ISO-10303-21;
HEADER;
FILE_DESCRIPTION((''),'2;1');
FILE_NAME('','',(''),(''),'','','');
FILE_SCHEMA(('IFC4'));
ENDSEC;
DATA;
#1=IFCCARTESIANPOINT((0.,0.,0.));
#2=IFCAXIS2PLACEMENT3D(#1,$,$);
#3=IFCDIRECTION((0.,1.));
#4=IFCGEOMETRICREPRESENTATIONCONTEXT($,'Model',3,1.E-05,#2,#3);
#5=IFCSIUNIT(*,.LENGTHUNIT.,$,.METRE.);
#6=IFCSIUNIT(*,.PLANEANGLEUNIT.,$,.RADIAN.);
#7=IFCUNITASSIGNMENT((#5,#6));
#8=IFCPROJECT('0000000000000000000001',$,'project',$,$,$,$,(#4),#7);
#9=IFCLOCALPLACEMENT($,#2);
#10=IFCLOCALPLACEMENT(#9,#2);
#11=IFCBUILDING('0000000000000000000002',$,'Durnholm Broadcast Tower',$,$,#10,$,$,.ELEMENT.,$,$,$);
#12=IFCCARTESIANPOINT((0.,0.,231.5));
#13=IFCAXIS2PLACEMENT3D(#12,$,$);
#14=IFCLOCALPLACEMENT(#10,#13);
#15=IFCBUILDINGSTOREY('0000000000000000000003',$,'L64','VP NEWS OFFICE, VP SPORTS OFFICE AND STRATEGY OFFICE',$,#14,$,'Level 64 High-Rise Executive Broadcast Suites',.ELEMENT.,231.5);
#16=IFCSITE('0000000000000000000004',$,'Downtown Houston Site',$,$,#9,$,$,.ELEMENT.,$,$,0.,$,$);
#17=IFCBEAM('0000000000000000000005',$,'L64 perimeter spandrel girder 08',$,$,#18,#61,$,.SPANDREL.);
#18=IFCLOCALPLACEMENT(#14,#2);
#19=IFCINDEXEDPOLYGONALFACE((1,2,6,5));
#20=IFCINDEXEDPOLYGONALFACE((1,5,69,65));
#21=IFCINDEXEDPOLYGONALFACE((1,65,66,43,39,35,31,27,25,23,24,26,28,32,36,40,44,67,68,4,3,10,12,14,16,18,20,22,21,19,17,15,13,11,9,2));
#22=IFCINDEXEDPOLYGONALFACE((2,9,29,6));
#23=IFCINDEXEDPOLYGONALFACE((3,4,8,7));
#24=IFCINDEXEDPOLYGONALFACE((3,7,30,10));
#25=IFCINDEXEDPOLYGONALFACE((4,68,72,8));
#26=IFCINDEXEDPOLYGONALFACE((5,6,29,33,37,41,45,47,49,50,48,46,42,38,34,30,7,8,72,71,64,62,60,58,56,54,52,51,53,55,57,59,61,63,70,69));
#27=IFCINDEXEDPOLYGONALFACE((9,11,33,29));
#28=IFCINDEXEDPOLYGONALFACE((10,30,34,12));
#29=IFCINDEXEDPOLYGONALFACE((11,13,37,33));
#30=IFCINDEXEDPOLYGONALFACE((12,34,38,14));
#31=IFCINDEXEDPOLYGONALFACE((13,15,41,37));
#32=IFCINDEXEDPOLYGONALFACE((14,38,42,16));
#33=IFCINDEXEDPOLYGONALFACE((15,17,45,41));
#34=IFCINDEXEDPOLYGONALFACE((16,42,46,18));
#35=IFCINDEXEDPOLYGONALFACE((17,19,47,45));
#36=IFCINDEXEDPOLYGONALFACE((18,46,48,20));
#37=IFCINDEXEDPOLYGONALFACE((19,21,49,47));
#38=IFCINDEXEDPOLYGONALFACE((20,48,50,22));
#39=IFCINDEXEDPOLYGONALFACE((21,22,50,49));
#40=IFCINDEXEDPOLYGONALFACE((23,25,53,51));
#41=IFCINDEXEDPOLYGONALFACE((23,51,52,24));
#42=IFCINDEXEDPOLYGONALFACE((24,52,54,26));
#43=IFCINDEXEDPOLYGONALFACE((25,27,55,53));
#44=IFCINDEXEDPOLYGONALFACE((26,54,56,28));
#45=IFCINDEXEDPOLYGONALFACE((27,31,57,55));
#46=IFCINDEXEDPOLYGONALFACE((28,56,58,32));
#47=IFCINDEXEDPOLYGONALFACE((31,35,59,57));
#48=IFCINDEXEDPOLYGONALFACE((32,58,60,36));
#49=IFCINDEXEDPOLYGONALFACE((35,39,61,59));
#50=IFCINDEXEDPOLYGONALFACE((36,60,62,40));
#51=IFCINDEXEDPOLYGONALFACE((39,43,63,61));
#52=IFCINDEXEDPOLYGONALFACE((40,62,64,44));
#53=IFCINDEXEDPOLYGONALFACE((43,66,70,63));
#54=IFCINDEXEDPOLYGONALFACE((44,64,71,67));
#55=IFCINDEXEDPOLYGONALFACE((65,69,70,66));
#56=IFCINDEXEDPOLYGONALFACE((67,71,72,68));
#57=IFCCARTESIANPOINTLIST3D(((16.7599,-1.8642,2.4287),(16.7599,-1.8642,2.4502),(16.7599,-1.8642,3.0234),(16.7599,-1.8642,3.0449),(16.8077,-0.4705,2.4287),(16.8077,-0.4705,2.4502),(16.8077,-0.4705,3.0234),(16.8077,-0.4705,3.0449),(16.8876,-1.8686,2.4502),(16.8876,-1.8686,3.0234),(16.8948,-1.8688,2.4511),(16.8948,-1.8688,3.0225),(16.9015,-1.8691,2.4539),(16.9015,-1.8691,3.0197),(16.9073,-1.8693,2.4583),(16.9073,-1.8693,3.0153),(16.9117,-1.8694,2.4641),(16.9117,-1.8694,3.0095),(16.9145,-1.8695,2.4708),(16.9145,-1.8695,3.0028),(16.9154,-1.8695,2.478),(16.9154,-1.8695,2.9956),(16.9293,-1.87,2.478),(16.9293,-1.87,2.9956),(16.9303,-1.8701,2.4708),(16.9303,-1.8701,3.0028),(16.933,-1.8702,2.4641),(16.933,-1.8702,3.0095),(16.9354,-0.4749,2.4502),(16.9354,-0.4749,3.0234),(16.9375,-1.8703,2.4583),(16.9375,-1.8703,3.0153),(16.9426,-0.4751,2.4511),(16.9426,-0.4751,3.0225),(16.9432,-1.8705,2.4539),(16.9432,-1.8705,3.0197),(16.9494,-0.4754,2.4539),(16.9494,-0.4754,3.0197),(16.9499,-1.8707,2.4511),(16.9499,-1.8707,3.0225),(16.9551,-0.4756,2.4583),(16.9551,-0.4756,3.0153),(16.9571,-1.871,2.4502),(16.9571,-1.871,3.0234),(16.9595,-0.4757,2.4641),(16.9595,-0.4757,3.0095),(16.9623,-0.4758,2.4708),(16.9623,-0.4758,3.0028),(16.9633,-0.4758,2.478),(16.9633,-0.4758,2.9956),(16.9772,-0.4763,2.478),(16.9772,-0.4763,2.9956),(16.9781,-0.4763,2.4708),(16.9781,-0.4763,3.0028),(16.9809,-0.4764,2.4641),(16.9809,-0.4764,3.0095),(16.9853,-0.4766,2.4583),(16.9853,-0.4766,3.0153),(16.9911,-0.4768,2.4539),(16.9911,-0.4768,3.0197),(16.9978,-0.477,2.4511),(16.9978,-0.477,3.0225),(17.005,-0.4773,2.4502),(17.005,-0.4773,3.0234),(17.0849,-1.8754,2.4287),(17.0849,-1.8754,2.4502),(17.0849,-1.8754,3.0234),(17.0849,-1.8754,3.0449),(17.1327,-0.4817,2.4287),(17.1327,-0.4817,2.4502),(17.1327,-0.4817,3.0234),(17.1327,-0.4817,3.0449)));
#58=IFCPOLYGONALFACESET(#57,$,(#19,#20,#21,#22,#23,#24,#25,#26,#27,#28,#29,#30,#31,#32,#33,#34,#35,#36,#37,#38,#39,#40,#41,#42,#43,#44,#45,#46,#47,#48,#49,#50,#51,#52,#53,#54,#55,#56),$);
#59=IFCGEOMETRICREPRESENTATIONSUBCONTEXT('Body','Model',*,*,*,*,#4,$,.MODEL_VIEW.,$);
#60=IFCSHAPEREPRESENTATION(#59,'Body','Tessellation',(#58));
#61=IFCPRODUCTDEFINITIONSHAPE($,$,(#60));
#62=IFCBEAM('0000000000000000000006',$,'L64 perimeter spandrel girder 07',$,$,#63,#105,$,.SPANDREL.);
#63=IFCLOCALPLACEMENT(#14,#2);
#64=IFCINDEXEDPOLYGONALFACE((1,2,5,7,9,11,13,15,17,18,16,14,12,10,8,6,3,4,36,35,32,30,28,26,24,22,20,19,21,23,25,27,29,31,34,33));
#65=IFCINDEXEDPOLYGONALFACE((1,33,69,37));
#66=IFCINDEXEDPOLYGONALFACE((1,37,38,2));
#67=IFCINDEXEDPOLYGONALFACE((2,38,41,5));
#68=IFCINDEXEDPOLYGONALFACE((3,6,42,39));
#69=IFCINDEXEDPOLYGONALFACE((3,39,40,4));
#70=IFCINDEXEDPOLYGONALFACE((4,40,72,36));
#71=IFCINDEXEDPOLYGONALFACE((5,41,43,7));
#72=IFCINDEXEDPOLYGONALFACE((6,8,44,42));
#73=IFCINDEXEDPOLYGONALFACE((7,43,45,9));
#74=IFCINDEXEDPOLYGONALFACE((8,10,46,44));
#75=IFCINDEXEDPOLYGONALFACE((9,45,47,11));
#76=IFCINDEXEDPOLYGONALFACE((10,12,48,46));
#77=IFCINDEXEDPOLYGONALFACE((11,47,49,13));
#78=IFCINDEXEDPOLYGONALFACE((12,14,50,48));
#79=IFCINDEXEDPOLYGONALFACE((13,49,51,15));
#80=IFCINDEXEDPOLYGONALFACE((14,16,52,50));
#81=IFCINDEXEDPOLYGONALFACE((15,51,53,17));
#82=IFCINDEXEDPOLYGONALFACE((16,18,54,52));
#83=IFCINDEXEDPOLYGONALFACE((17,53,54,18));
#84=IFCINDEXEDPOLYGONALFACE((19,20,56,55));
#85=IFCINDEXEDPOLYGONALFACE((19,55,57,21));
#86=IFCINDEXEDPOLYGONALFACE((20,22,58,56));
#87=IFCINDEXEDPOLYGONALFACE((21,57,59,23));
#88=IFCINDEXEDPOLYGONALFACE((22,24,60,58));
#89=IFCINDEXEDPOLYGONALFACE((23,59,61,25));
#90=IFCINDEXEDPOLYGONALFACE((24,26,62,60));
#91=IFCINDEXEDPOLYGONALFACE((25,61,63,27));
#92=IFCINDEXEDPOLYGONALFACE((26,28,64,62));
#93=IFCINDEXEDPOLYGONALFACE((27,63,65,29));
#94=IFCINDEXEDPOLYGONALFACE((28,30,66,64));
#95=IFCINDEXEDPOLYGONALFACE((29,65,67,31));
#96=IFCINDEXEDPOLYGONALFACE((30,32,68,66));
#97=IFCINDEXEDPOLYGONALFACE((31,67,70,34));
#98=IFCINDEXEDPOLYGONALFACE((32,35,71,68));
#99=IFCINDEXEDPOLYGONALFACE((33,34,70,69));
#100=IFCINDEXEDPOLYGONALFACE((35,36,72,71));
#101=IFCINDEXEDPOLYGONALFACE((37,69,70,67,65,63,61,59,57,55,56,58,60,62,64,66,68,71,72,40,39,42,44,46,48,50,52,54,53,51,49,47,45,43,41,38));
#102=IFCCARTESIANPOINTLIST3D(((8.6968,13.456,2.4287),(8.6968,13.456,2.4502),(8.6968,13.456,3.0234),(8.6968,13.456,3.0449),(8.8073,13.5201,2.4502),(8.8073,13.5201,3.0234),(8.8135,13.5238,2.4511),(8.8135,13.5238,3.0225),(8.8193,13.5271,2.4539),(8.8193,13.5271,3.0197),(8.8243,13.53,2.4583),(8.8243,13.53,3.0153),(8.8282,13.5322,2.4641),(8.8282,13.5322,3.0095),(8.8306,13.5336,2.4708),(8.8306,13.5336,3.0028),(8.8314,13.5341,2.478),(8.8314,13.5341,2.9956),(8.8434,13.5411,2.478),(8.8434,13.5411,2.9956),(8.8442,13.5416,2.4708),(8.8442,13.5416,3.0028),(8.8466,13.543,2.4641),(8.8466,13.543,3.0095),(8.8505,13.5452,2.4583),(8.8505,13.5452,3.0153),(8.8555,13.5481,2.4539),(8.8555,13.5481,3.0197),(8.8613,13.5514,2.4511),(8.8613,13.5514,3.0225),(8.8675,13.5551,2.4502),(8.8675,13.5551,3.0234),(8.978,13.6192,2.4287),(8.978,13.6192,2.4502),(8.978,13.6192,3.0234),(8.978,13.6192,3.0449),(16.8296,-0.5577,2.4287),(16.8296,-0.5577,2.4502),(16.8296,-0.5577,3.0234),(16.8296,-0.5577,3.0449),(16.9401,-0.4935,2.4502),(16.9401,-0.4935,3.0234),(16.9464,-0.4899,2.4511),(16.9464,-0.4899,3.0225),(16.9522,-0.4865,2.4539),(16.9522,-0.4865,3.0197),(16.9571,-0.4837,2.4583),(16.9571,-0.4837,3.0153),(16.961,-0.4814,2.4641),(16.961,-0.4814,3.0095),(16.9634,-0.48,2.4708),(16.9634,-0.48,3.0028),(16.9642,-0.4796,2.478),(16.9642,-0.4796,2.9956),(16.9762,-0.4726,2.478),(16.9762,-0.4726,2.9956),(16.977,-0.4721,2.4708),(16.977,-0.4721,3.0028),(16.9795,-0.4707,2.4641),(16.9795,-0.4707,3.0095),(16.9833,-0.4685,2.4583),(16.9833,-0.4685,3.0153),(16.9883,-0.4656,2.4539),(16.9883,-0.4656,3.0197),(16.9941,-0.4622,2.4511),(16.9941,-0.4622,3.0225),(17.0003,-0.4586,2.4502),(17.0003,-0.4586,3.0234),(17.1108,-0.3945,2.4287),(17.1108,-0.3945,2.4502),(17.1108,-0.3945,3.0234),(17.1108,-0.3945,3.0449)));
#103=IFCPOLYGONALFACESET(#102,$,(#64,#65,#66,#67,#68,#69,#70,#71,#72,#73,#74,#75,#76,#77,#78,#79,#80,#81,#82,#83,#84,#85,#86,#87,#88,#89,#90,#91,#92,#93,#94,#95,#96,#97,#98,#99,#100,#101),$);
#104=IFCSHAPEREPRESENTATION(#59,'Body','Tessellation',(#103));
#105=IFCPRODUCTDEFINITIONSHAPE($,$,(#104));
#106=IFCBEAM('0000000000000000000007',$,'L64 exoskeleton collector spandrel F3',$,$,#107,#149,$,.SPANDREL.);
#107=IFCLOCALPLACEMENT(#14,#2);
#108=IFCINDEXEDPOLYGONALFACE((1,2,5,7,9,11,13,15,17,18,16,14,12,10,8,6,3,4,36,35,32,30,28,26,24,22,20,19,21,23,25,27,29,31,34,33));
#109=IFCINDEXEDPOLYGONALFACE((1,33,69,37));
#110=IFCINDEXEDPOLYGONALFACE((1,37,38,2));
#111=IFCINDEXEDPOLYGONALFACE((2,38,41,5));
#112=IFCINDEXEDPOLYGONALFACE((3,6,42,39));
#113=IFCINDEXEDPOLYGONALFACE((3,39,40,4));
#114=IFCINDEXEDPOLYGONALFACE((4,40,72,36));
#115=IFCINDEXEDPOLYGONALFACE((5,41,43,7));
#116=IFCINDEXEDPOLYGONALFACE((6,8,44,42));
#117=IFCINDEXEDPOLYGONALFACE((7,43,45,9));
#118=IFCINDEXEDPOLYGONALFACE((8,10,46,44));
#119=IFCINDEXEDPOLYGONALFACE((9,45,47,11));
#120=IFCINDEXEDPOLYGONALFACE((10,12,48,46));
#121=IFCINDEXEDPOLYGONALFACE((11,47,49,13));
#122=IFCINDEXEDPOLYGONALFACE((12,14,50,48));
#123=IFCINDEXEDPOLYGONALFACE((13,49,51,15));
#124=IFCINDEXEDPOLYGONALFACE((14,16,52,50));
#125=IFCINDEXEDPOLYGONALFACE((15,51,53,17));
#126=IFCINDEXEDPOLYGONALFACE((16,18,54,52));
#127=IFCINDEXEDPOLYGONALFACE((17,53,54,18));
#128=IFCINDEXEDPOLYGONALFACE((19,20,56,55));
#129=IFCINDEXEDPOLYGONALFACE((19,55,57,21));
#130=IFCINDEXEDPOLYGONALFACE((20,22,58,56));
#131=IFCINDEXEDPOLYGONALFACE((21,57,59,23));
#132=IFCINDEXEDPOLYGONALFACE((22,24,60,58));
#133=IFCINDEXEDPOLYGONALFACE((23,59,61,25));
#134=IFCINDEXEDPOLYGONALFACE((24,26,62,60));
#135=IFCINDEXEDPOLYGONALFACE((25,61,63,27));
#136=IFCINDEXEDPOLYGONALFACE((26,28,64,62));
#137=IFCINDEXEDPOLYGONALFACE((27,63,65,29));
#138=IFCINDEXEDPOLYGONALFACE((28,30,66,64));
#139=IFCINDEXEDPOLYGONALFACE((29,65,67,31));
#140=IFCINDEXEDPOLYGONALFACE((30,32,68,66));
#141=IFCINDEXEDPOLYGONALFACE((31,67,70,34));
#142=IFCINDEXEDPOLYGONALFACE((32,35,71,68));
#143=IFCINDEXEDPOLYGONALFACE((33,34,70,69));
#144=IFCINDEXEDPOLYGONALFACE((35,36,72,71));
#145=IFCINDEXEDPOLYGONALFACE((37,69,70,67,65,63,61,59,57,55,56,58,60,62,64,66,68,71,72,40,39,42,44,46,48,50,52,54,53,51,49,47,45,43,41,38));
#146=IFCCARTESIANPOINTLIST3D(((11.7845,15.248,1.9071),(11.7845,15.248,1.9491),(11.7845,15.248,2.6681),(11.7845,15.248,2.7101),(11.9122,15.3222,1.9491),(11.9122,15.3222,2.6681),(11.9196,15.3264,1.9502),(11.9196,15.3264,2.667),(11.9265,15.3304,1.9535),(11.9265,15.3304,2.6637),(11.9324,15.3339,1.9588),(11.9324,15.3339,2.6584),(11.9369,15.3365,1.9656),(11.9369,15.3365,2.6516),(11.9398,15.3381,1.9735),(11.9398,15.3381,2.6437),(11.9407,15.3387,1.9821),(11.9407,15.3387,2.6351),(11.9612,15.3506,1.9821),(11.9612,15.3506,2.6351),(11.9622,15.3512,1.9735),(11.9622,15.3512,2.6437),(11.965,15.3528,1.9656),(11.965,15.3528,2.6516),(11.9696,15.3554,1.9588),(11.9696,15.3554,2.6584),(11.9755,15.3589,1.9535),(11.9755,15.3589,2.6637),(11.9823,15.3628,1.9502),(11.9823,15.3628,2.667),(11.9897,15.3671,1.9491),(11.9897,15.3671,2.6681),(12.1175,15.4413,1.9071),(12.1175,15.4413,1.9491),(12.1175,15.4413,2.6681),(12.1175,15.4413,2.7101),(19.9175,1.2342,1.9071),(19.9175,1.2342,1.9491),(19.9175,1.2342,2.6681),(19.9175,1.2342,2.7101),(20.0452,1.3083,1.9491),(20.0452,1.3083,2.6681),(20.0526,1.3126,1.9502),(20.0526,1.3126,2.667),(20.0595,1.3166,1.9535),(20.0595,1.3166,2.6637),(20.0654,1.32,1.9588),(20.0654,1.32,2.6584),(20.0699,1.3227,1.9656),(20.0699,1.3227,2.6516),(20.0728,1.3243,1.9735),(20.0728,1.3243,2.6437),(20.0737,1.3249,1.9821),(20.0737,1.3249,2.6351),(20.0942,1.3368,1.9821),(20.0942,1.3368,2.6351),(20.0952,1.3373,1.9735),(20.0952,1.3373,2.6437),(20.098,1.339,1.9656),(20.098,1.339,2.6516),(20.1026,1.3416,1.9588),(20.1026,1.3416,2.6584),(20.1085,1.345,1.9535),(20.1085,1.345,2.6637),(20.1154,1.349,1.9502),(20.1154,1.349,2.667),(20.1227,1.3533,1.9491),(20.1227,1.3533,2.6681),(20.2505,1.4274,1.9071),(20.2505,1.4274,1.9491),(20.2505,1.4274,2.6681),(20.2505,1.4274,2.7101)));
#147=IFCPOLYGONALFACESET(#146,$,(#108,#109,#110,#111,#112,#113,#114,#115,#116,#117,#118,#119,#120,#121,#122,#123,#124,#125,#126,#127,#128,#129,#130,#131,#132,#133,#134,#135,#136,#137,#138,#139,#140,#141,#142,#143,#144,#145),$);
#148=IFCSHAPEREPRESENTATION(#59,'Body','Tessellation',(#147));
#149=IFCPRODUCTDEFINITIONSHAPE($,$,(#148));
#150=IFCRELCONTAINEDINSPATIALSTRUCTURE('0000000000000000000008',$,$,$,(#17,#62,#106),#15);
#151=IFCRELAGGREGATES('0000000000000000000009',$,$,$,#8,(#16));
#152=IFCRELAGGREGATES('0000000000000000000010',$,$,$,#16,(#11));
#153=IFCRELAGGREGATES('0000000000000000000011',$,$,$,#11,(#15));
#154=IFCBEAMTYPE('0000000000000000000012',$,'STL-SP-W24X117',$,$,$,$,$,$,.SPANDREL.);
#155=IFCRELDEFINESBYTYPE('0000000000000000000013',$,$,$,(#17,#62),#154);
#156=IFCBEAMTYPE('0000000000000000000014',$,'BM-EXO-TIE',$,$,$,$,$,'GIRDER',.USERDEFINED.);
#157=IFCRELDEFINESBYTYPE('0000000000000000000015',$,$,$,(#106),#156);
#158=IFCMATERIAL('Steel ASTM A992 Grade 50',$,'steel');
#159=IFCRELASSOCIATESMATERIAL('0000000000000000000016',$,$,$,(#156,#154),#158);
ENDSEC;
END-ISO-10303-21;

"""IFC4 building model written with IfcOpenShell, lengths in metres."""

from ifc_helpers import new_model, si_unit, direction, frame, origin, origin_2d, place, context, subcontext, project, spatial, i_section, extrude, source, transform, mapped, material, material_profile, profile_set, type_object, type_shapes, element, save


model = new_model("IFC4")

# Units and contexts
model_context = context("Model", 3, precision=1e-05, world=origin(), true_north=direction((0.0, 1.0)))
body_context = subcontext(model_context, "Body", "Model", "MODEL_VIEW")
ifc_project = project(units=[si_unit("LENGTHUNIT", "METRE"), si_unit("PLANEANGLEUNIT", "RADIAN")], contexts=[model_context])

# Site, building, storey
site_placement = place(None, origin())
site = spatial("IfcSite", under=ifc_project, at=site_placement, Name="Downtown Houston Site", CompositionType="ELEMENT", RefElevation=0.0)
building_placement = place(site_placement, origin())
building = spatial("IfcBuilding", under=site, at=building_placement, Name="Durnholm Broadcast Tower", CompositionType="ELEMENT")
storey_placement = place(building_placement, frame((0.0, 0.0, 231.5)))
storey = spatial("IfcBuildingStorey", under=building, at=storey_placement, Name="L64", Description="VP NEWS OFFICE, VP SPORTS OFFICE AND STRATEGY OFFICE", LongName="Level 64 High-Rise Executive Broadcast Suites", CompositionType="ELEMENT", Elevation=231.5)

# Beams
ifc_material_1 = material(Name="Steel ASTM A992 Grade 50", Category="steel")
ifc_material_profile_1 = material_profile(ifc_material_1, i_section(OverallWidth=0.385, OverallDepth=0.803, WebThickness=0.0237, FlangeThickness=0.042, FilletRadius=0.033, at=origin_2d()), Name="W30X261")
ifc_profile_set_1 = profile_set([ifc_material_profile_1], Name="Steel ASTM A992 Grade 50")
beam_type_1 = type_object("IfcBeamType", Name="BM-EXO-TIE", ElementType="GIRDER", PredefinedType="USERDEFINED", material=ifc_profile_set_1)
ifc_material_profile_2 = material_profile(ifc_material_1, i_section(OverallWidth=0.3252, OverallDepth=0.6162, WebThickness=0.0139, FlangeThickness=0.0215, FilletRadius=0.0278, at=origin_2d()), Name="W24X117")
ifc_profile_set_2 = profile_set([ifc_material_profile_2], Name="Steel ASTM A992 Grade 50")
beam_type_2 = type_object("IfcBeamType", Name="STL-SP-W24X117", PredefinedType="SPANDREL", material=ifc_profile_set_2)
shared_shape_1 = source(origin(), body_context, "Body", "SweptSolid", [
    extrude(i_section(OverallWidth=0.3252, OverallDepth=0.6162, WebThickness=0.0139, FlangeThickness=0.0215, FilletRadius=0.0278, at=origin_2d()), origin(), (0.0, 0.0, 1.0), 1.3945),
])
beam_1_placement = place(storey_placement, frame((16.9702, -0.4761, 2.7368), z_axis=(-0.034312, -0.999411, 0.0), x_axis=(0.999411, -0.034312, 0.0)))
element("IfcBeam", 1, at=beam_1_placement, inside=storey, type_object=beam_type_2, Name="L64 perimeter spandrel girder 08", PredefinedType="SPANDREL", context=body_context, shape_type="MappedRepresentation", body=[
    mapped(shared_shape_1, transform((0.0, 0.0, 0.0), x_axis=(1.0, 0.0, 0.0), y_axis=(0.0, 1.0, 0.0), z_axis=(0.0, 0.0, 1.0), scale=1.0)),
])
shared_shape_2 = source(origin(), body_context, "Body", "SweptSolid", [
    extrude(i_section(OverallWidth=0.3252, OverallDepth=0.6162, WebThickness=0.0139, FlangeThickness=0.0215, FilletRadius=0.0278, at=origin_2d()), origin(), (0.0, 0.0, 1.0), 16.2026),
])
type_shapes(beam_type_2, [shared_shape_1, shared_shape_2])
beam_2_placement = place(storey_placement, frame((8.8374, 13.5376, 2.7368), z_axis=(0.501944, -0.8649, 0.0), x_axis=(0.8649, 0.501944, 0.0)))
element("IfcBeam", 2, at=beam_2_placement, inside=storey, type_object=beam_type_2, Name="L64 perimeter spandrel girder 07", PredefinedType="SPANDREL", context=body_context, shape_type="MappedRepresentation", body=[
    mapped(shared_shape_2, transform((0.0, 0.0, 0.0), x_axis=(1.0, 0.0, 0.0), y_axis=(0.0, 1.0, 0.0), z_axis=(0.0, 0.0, 1.0), scale=1.0)),
])
shared_shape_3 = source(origin(), body_context, "Body", "SweptSolid", [
    extrude(i_section(OverallWidth=0.385, OverallDepth=0.803, WebThickness=0.0237, FlangeThickness=0.042, FilletRadius=0.033, at=origin_2d()), origin(), (0.0, 0.0, 1.0), 16.2029),
])
beam_3_placement = place(storey_placement, frame((20.084, 1.3308, 2.3086), z_axis=(-0.501948, 0.864898, 0.0), x_axis=(-0.864898, -0.501948, 0.0)))
element("IfcBeam", 3, at=beam_3_placement, inside=storey, type_object=beam_type_1, Name="L64 exoskeleton collector spandrel F3", PredefinedType="SPANDREL", context=body_context, shape_type="MappedRepresentation", body=[
    mapped(shared_shape_3, transform((0.0, 0.0, 0.0), x_axis=(1.0, 0.0, 0.0), y_axis=(0.0, 1.0, 0.0), z_axis=(0.0, 0.0, 1.0), scale=1.0)),
])

save(model, "model.ifc")
